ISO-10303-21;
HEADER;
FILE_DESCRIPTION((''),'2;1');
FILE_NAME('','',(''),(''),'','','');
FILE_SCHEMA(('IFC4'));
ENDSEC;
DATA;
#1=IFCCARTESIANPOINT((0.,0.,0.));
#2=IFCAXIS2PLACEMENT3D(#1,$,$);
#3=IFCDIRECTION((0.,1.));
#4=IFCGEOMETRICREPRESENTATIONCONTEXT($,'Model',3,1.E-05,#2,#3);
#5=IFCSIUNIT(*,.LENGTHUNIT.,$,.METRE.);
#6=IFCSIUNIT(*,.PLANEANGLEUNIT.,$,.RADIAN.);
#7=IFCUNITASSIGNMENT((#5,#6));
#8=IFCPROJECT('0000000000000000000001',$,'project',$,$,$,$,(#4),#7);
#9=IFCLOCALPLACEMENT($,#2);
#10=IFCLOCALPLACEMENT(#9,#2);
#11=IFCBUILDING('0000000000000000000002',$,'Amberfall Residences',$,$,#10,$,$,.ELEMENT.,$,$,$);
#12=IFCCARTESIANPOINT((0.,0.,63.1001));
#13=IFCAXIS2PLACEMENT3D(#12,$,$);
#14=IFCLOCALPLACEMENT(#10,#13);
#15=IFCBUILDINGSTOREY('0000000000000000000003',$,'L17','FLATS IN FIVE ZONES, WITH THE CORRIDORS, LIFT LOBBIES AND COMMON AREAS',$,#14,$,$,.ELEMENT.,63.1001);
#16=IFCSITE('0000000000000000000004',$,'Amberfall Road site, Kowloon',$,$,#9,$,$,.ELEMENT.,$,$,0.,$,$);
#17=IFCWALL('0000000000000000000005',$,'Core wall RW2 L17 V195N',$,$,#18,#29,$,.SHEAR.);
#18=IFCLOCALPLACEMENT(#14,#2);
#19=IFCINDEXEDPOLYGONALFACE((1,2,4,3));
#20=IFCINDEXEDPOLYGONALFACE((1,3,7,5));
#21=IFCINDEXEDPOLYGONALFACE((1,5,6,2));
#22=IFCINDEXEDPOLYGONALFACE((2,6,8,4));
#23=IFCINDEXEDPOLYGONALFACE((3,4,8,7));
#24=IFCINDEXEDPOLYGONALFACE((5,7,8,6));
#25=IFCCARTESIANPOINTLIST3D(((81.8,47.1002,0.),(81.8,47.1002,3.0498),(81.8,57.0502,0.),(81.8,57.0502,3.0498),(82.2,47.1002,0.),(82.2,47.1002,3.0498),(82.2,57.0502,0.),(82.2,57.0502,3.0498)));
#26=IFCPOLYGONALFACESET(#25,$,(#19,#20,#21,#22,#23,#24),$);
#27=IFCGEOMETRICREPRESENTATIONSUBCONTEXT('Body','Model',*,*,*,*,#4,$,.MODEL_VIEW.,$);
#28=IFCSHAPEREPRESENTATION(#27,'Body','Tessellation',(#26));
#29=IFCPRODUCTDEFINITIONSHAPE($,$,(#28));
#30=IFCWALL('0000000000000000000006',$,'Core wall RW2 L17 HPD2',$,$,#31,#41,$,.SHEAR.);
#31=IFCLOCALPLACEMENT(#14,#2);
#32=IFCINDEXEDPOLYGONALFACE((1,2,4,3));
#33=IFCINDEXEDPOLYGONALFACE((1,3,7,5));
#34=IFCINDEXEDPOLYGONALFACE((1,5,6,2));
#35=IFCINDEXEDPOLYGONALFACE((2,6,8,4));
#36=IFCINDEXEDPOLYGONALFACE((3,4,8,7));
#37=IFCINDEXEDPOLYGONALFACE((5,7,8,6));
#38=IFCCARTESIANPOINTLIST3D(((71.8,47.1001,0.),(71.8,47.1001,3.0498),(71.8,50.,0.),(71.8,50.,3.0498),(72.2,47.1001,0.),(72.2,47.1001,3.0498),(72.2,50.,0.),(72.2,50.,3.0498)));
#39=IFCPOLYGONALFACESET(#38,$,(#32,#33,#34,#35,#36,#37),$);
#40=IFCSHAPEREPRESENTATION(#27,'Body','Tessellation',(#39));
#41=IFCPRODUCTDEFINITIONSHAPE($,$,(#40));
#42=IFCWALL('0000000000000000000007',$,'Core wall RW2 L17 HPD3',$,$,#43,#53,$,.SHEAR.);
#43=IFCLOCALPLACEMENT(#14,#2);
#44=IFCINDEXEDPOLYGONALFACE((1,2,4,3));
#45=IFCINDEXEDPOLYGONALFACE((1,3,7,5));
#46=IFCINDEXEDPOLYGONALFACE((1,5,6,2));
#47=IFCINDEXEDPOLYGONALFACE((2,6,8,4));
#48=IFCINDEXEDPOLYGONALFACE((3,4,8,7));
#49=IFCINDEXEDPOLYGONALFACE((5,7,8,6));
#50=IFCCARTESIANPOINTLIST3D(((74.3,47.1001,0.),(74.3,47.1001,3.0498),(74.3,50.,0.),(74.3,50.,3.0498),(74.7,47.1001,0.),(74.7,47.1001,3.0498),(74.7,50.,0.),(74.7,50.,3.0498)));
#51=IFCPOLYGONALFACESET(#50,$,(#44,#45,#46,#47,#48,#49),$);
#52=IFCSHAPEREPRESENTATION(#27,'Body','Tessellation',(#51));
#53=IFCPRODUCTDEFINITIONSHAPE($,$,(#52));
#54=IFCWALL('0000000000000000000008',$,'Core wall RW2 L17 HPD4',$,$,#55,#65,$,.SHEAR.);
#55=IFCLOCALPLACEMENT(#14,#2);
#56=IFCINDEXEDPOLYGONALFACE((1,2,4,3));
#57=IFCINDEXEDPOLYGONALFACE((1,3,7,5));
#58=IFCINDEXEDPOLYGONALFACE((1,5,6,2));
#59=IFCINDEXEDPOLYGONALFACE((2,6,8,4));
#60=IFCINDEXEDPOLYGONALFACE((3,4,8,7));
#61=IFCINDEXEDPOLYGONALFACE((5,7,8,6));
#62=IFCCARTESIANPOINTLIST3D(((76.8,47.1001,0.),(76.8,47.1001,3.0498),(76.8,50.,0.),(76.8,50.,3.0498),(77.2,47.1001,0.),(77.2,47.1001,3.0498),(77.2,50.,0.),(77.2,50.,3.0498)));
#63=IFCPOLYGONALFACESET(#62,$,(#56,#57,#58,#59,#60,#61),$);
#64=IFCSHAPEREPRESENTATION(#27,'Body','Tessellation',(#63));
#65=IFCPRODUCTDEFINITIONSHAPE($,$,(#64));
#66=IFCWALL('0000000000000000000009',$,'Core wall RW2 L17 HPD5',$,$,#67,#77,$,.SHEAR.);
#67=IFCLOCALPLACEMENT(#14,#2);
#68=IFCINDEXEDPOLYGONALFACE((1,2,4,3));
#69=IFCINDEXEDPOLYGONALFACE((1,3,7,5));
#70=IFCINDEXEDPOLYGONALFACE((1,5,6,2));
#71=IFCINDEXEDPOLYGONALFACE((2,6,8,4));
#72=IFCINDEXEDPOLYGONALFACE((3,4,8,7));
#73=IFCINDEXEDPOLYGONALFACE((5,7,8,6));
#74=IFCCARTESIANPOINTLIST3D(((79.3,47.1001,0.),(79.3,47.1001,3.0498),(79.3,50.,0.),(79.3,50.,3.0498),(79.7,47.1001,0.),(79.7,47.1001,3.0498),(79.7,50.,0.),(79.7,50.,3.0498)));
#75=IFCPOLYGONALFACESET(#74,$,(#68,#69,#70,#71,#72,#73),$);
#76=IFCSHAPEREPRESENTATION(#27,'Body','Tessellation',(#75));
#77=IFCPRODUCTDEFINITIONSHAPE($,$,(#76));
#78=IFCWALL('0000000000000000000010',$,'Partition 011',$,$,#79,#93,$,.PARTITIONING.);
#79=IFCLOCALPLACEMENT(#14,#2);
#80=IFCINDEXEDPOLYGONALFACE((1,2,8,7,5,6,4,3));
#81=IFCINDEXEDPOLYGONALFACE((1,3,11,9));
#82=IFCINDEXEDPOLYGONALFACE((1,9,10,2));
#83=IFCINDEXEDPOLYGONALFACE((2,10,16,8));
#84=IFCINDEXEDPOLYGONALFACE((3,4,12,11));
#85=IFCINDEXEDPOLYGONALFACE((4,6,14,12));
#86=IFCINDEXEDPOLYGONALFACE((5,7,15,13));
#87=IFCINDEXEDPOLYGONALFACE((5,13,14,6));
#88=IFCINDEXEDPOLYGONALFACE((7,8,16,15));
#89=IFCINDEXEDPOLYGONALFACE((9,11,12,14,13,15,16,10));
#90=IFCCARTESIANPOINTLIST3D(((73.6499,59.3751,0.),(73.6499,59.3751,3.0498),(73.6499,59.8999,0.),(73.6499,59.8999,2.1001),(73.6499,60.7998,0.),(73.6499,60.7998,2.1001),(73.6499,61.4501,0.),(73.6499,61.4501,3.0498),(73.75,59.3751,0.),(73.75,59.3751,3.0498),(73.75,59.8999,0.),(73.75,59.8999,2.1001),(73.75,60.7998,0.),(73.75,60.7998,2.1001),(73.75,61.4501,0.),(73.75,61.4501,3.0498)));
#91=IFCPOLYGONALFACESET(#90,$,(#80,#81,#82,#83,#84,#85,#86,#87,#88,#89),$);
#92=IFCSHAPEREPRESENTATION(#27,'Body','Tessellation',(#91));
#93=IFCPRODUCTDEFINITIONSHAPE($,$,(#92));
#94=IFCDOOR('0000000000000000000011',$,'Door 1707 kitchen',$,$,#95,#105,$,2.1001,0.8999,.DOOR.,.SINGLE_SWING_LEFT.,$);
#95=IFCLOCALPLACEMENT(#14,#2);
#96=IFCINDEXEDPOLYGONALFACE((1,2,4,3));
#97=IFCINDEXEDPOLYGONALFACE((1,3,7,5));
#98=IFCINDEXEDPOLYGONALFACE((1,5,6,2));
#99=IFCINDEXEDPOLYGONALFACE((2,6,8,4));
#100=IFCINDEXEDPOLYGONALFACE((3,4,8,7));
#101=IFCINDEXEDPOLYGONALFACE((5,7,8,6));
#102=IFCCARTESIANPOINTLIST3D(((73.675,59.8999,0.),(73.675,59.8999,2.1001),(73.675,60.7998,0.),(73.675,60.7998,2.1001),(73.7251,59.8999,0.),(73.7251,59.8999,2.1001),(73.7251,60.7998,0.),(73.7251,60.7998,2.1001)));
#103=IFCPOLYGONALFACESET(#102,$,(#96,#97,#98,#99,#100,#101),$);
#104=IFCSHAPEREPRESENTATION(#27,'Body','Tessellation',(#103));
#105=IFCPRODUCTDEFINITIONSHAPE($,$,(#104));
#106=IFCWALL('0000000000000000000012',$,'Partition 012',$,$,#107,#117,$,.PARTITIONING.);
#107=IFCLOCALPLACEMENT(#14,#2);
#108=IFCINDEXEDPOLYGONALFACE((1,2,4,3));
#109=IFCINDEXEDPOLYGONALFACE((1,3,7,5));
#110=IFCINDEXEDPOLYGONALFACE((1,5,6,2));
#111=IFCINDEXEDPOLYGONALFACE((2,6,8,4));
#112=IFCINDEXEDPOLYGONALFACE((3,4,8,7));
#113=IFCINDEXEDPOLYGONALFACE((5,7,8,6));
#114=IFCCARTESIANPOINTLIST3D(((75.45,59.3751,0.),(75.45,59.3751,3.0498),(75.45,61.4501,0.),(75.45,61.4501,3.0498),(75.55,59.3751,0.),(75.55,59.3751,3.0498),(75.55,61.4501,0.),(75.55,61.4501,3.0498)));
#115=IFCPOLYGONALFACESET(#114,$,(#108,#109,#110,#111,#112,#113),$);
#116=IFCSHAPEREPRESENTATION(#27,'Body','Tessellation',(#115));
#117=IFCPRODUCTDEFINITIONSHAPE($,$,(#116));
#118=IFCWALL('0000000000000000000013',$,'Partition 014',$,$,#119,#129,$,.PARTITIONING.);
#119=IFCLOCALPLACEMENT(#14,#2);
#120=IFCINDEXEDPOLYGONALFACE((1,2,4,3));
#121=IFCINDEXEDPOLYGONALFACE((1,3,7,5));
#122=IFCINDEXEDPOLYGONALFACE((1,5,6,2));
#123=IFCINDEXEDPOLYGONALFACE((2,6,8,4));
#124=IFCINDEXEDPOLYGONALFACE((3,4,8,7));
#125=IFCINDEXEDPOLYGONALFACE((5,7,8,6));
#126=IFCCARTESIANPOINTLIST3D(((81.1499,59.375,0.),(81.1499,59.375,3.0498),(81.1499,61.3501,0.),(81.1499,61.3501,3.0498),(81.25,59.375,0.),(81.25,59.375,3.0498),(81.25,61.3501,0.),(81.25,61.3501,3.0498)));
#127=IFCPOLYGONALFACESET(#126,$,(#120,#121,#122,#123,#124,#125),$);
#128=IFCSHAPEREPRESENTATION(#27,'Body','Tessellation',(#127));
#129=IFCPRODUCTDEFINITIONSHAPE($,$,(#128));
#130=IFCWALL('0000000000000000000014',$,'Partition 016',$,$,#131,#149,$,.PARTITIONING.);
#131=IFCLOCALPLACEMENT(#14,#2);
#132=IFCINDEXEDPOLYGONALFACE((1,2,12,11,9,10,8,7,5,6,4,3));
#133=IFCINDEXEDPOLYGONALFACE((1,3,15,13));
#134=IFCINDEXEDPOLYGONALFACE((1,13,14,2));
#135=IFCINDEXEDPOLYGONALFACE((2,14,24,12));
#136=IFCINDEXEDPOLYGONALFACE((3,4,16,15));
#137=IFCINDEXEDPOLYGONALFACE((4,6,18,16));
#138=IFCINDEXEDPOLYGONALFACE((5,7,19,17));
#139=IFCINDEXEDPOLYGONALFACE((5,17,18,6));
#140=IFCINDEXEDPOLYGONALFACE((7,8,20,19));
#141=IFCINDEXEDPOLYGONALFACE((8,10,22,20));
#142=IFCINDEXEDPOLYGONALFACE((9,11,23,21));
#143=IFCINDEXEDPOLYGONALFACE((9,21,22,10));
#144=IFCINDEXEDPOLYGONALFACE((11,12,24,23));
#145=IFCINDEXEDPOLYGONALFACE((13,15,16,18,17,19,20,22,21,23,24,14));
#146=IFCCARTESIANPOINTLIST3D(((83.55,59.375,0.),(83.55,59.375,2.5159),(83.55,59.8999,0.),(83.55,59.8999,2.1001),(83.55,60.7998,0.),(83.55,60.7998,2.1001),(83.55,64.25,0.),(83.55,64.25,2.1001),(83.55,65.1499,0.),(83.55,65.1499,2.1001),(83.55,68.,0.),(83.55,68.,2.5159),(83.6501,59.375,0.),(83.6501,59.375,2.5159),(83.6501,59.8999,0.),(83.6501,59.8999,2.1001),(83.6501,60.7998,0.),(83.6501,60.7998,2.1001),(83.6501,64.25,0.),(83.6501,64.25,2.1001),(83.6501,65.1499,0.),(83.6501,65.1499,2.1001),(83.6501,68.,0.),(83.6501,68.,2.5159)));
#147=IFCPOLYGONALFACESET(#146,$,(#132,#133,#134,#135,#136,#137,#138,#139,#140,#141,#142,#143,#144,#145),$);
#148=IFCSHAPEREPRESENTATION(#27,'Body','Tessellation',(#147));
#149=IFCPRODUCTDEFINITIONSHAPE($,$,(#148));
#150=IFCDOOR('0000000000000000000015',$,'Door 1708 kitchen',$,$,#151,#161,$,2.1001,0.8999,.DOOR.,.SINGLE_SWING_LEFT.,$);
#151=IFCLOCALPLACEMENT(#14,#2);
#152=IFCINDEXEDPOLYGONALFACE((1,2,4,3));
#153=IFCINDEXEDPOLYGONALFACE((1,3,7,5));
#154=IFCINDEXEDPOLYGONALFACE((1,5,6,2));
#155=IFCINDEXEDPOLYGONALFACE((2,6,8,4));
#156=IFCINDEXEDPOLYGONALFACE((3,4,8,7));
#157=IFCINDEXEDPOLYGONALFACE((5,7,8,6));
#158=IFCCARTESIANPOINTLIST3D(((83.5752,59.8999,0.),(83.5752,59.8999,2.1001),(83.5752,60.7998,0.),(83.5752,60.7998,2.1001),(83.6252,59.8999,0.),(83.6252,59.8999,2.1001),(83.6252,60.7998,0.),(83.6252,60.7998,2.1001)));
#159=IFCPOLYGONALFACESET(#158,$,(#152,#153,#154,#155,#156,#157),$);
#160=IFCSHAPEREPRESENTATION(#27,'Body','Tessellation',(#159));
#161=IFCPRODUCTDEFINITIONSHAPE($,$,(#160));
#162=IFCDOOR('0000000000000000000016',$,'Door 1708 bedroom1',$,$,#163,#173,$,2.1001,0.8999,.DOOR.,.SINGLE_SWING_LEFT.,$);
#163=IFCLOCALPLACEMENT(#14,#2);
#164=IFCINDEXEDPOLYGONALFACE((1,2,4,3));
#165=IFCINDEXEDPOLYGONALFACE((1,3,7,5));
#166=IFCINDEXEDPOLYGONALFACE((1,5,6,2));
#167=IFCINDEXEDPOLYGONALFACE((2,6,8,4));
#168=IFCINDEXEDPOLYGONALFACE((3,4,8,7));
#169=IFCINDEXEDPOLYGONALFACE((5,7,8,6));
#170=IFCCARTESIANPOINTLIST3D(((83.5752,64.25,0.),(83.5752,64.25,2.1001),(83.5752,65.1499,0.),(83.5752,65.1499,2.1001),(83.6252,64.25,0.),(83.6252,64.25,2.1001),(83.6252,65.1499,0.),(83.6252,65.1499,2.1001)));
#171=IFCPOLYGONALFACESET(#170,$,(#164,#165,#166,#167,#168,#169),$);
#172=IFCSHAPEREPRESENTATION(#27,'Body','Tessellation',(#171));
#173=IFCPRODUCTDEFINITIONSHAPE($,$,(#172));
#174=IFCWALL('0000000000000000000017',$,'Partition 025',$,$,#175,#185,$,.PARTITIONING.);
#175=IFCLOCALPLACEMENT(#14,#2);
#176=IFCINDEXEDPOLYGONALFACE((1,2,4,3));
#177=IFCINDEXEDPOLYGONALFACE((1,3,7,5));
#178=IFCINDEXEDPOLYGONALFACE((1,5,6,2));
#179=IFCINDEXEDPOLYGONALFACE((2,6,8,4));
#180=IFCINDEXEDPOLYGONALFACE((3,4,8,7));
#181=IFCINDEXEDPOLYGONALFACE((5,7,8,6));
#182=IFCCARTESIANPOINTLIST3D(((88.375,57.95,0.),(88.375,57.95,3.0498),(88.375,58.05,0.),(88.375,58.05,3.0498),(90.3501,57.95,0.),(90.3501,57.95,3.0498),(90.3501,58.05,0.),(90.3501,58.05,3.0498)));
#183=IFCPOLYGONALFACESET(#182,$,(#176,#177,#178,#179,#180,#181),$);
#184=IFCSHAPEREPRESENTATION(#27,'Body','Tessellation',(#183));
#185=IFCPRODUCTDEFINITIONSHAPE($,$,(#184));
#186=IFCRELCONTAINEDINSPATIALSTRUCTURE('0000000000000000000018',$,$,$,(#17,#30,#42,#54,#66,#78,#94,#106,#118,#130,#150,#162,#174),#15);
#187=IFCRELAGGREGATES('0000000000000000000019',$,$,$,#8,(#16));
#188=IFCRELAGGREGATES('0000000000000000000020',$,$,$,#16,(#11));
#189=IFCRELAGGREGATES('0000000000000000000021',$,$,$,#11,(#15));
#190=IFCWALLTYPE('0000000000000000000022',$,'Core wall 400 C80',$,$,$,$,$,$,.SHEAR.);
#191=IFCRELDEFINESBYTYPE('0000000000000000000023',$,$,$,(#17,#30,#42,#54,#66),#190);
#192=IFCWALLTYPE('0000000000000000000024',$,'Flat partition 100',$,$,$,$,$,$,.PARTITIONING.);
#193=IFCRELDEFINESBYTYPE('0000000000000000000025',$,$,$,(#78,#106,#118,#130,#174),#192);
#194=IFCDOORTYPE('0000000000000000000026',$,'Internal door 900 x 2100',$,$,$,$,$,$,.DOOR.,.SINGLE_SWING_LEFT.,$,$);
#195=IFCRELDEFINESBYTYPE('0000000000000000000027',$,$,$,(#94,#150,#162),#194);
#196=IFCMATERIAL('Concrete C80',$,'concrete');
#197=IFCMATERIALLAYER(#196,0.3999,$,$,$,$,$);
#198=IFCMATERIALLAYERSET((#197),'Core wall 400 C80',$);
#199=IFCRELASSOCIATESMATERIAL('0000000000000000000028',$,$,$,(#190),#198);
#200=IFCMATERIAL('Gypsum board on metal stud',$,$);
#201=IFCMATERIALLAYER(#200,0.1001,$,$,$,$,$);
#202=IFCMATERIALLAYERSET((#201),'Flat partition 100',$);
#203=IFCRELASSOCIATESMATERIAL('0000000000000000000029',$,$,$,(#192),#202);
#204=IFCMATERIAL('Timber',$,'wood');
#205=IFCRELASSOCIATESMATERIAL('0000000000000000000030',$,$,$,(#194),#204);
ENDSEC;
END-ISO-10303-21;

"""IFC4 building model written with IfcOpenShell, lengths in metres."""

from ifc_helpers import new_model, si_unit, direction, frame, frame_2d, origin, place, context, subcontext, project, spatial, rectangle, extrude, material, layer, layer_set, type_object, element, fill, save


model = new_model("IFC4")

# Units and contexts
model_context = context("Model", 3, precision=1e-05, world=origin(), true_north=direction((0.0, 1.0)))
body_context = subcontext(model_context, "Body", "Model", "MODEL_VIEW")
ifc_project = project(units=[si_unit("LENGTHUNIT", "METRE"), si_unit("PLANEANGLEUNIT", "RADIAN")], contexts=[model_context])

# Site, building, storey
site_placement = place(None, origin())
site = spatial("IfcSite", under=ifc_project, at=site_placement, Name="Amberfall Road site, Kowloon", CompositionType="ELEMENT", RefElevation=0.0)
building_placement = place(site_placement, origin())
building = spatial("IfcBuilding", under=site, at=building_placement, Name="Amberfall Residences", CompositionType="ELEMENT")
storey_placement = place(building_placement, frame((0.0, 0.0, 63.1001)))
storey = spatial("IfcBuildingStorey", under=building, at=storey_placement, Name="L17", Description="FLATS IN FIVE ZONES, WITH THE CORRIDORS, LIFT LOBBIES AND COMMON AREAS", CompositionType="ELEMENT", Elevation=63.1001)

# Walls
ifc_material_1 = material(Name="Concrete C80", Category="concrete")
ifc_layer_1 = layer(ifc_material_1, 0.3999)
ifc_layer_set_1 = layer_set([ifc_layer_1], Name="Core wall 400 C80")
wall_type_1 = type_object("IfcWallType", Name="Core wall 400 C80", PredefinedType="SHEAR", material=ifc_layer_set_1)
wall_1_placement = place(storey_placement, frame((82.0, 47.1001, 0.0), z_axis=(0.0, 0.0, 1.0), x_axis=(0.0, 1.0, 0.0)))
element("IfcWall", 1, at=wall_1_placement, inside=storey, type_object=wall_type_1, Name="Core wall RW2 L17 V195N", PredefinedType="SHEAR", context=body_context, shape_type="SweptSolid", body=[
    extrude(rectangle(XDim=9.95, YDim=0.3999, at=frame_2d((4.9751, 0.0))), origin(), (0.0, 0.0, 1.0), 3.0498),
])
for number, where, z_axis, x_axis, name in (
    (2, (72.0, 47.1001, 0.0), (0.0, 0.0, 1.0), (0.0, 1.0, 0.0), "Core wall RW2 L17 HPD2"),
    (3, (74.5, 47.1001, 0.0), (0.0, 0.0, 1.0), (0.0, 1.0, 0.0), "Core wall RW2 L17 HPD3"),
    (4, (77.0, 47.1001, 0.0), (0.0, 0.0, 1.0), (0.0, 1.0, 0.0), "Core wall RW2 L17 HPD4"),
    (5, (79.5, 47.1001, 0.0), (0.0, 0.0, 1.0), (0.0, 1.0, 0.0), "Core wall RW2 L17 HPD5"),
):
    element("IfcWall", number, at=place(storey_placement, frame(where, z_axis=z_axis, x_axis=x_axis)), inside=storey, type_object=wall_type_1, Name=name, PredefinedType="SHEAR", context=body_context, shape_type="SweptSolid", body=[
        extrude(rectangle(XDim=2.8999, YDim=0.3999, at=frame_2d((1.45, 0.0))), origin(), (0.0, 0.0, 1.0), 3.0498),
    ])

# Wall, opening, door
ifc_material_2 = material(Name="Gypsum board on metal stud")
ifc_layer_2 = layer(ifc_material_2, 0.1001)
ifc_layer_set_2 = layer_set([ifc_layer_2], Name="Flat partition 100")
wall_type_2 = type_object("IfcWallType", Name="Flat partition 100", PredefinedType="PARTITIONING", material=ifc_layer_set_2)
wall_2_placement = place(storey_placement, frame((73.7, 59.375, 0.0), z_axis=(0.0, 0.0, 1.0), x_axis=(0.0, 1.0, 0.0)))
wall_2 = element("IfcWall", 6, at=wall_2_placement, inside=storey, type_object=wall_type_2, Name="Partition 011", PredefinedType="PARTITIONING", context=body_context, shape_type="SweptSolid", body=[
    extrude(rectangle(XDim=2.075, YDim=0.1001, at=frame_2d((1.0376, 0.0))), origin(), (0.0, 0.0, 1.0), 3.0498),
])
opening_1_placement = place(wall_2_placement, frame((0.5249, 0.0, 0.0)))
opening_1 = element("IfcOpeningElement", 7, at=opening_1_placement, cuts=wall_2, PredefinedType="OPENING", context=body_context, shape_type="SweptSolid", body=[
    extrude(rectangle(XDim=0.8999, YDim=2.1001, at=frame_2d((0.45, 1.05))), frame((0.0, 0.0601, 0.0), z_axis=(0.0, -1.0, 0.0), x_axis=(1.0, 0.0, 0.0)), (0.0, 0.0, 1.0), 0.1201),
])
ifc_material_3 = material(Name="Timber", Category="wood")
door_type_1 = type_object("IfcDoorType", Name="Internal door 900 x 2100", OperationType="SINGLE_SWING_LEFT", PredefinedType="DOOR", material=ifc_material_3)
door_1_placement = place(opening_1_placement, origin())
door_1 = element("IfcDoor", 8, at=door_1_placement, inside=storey, type_object=door_type_1, Name="Door 1707 kitchen", OperationType="SINGLE_SWING_LEFT", OverallHeight=2.1001, OverallWidth=0.8999, PredefinedType="DOOR", context=body_context, shape_type="SweptSolid", body=[
    extrude(rectangle(XDim=0.8999, YDim=2.1001, at=frame_2d((0.45, 1.05))), frame((0.0, 0.0249, 0.0), z_axis=(0.0, -1.0, 0.0), x_axis=(1.0, 0.0, 0.0)), (0.0, 0.0, 1.0), 0.05),
])
fill(opening_1, door_1)

# Walls
wall_3_placement = place(storey_placement, frame((75.5, 59.375, 0.0), z_axis=(0.0, 0.0, 1.0), x_axis=(0.0, 1.0, 0.0)))
element("IfcWall", 9, at=wall_3_placement, inside=storey, type_object=wall_type_2, Name="Partition 012", PredefinedType="PARTITIONING", context=body_context, shape_type="SweptSolid", body=[
    extrude(rectangle(XDim=2.075, YDim=0.1001, at=frame_2d((1.0376, 0.0))), origin(), (0.0, 0.0, 1.0), 3.0498),
])
wall_4_placement = place(storey_placement, frame((81.2, 59.375, 0.0), z_axis=(0.0, 0.0, 1.0), x_axis=(0.0, 1.0, 0.0)))
element("IfcWall", 10, at=wall_4_placement, inside=storey, type_object=wall_type_2, Name="Partition 014", PredefinedType="PARTITIONING", context=body_context, shape_type="SweptSolid", body=[
    extrude(rectangle(XDim=1.9751, YDim=0.1001, at=frame_2d((0.9875, 0.0))), origin(), (0.0, 0.0, 1.0), 3.0498),
])

# Wall, openings, doors
wall_5_placement = place(storey_placement, frame((83.6001, 59.375, 0.0), z_axis=(0.0, 0.0, 1.0), x_axis=(0.0, 1.0, 0.0)))
wall_5 = element("IfcWall", 11, at=wall_5_placement, inside=storey, type_object=wall_type_2, Name="Partition 016", PredefinedType="PARTITIONING", context=body_context, shape_type="SweptSolid", body=[
    extrude(rectangle(XDim=8.625, YDim=0.1001, at=frame_2d((4.3125, 0.0))), origin(), (0.0, 0.0, 1.0), 2.5159),
])
opening_2_placement = place(wall_5_placement, frame((0.5249, 0.0, 0.0)))
opening_2 = element("IfcOpeningElement", 12, at=opening_2_placement, cuts=wall_5, PredefinedType="OPENING", context=body_context, shape_type="SweptSolid", body=[
    extrude(rectangle(XDim=0.8999, YDim=2.1001, at=frame_2d((0.45, 1.05))), frame((0.0, 0.0601, 0.0), z_axis=(0.0, -1.0, 0.0), x_axis=(1.0, 0.0, 0.0)), (0.0, 0.0, 1.0), 0.1201),
])
opening_3_placement = place(wall_5_placement, frame((4.875, 0.0, 0.0)))
opening_3 = element("IfcOpeningElement", 13, at=opening_3_placement, cuts=wall_5, PredefinedType="OPENING", context=body_context, shape_type="SweptSolid", body=[
    extrude(rectangle(XDim=0.8999, YDim=2.1001, at=frame_2d((0.45, 1.05))), frame((0.0, 0.0601, 0.0), z_axis=(0.0, -1.0, 0.0), x_axis=(1.0, 0.0, 0.0)), (0.0, 0.0, 1.0), 0.1201),
])
door_2_placement = place(opening_2_placement, origin())
door_2 = element("IfcDoor", 14, at=door_2_placement, inside=storey, type_object=door_type_1, Name="Door 1708 kitchen", OperationType="SINGLE_SWING_LEFT", OverallHeight=2.1001, OverallWidth=0.8999, PredefinedType="DOOR", context=body_context, shape_type="SweptSolid", body=[
    extrude(rectangle(XDim=0.8999, YDim=2.1001, at=frame_2d((0.45, 1.05))), frame((0.0, 0.0249, 0.0), z_axis=(0.0, -1.0, 0.0), x_axis=(1.0, 0.0, 0.0)), (0.0, 0.0, 1.0), 0.05),
])
fill(opening_2, door_2)
door_3_placement = place(opening_3_placement, origin())
door_3 = element("IfcDoor", 15, at=door_3_placement, inside=storey, type_object=door_type_1, Name="Door 1708 bedroom1", OperationType="SINGLE_SWING_LEFT", OverallHeight=2.1001, OverallWidth=0.8999, PredefinedType="DOOR", context=body_context, shape_type="SweptSolid", body=[
    extrude(rectangle(XDim=0.8999, YDim=2.1001, at=frame_2d((0.45, 1.05))), frame((0.0, 0.0249, 0.0), z_axis=(0.0, -1.0, 0.0), x_axis=(1.0, 0.0, 0.0)), (0.0, 0.0, 1.0), 0.05),
])
fill(opening_3, door_3)

# Wall
wall_6_placement = place(storey_placement, frame((88.375, 58.0, 0.0), z_axis=(0.0, 0.0, 1.0), x_axis=(1.0, 0.0, 0.0)))
element("IfcWall", 16, at=wall_6_placement, inside=storey, type_object=wall_type_2, Name="Partition 025", PredefinedType="PARTITIONING", context=body_context, shape_type="SweptSolid", body=[
    extrude(rectangle(XDim=1.9751, YDim=0.1001, at=frame_2d((0.9875, 0.0))), origin(), (0.0, 0.0, 1.0), 3.0498),
])

save(model, "model.ifc")
